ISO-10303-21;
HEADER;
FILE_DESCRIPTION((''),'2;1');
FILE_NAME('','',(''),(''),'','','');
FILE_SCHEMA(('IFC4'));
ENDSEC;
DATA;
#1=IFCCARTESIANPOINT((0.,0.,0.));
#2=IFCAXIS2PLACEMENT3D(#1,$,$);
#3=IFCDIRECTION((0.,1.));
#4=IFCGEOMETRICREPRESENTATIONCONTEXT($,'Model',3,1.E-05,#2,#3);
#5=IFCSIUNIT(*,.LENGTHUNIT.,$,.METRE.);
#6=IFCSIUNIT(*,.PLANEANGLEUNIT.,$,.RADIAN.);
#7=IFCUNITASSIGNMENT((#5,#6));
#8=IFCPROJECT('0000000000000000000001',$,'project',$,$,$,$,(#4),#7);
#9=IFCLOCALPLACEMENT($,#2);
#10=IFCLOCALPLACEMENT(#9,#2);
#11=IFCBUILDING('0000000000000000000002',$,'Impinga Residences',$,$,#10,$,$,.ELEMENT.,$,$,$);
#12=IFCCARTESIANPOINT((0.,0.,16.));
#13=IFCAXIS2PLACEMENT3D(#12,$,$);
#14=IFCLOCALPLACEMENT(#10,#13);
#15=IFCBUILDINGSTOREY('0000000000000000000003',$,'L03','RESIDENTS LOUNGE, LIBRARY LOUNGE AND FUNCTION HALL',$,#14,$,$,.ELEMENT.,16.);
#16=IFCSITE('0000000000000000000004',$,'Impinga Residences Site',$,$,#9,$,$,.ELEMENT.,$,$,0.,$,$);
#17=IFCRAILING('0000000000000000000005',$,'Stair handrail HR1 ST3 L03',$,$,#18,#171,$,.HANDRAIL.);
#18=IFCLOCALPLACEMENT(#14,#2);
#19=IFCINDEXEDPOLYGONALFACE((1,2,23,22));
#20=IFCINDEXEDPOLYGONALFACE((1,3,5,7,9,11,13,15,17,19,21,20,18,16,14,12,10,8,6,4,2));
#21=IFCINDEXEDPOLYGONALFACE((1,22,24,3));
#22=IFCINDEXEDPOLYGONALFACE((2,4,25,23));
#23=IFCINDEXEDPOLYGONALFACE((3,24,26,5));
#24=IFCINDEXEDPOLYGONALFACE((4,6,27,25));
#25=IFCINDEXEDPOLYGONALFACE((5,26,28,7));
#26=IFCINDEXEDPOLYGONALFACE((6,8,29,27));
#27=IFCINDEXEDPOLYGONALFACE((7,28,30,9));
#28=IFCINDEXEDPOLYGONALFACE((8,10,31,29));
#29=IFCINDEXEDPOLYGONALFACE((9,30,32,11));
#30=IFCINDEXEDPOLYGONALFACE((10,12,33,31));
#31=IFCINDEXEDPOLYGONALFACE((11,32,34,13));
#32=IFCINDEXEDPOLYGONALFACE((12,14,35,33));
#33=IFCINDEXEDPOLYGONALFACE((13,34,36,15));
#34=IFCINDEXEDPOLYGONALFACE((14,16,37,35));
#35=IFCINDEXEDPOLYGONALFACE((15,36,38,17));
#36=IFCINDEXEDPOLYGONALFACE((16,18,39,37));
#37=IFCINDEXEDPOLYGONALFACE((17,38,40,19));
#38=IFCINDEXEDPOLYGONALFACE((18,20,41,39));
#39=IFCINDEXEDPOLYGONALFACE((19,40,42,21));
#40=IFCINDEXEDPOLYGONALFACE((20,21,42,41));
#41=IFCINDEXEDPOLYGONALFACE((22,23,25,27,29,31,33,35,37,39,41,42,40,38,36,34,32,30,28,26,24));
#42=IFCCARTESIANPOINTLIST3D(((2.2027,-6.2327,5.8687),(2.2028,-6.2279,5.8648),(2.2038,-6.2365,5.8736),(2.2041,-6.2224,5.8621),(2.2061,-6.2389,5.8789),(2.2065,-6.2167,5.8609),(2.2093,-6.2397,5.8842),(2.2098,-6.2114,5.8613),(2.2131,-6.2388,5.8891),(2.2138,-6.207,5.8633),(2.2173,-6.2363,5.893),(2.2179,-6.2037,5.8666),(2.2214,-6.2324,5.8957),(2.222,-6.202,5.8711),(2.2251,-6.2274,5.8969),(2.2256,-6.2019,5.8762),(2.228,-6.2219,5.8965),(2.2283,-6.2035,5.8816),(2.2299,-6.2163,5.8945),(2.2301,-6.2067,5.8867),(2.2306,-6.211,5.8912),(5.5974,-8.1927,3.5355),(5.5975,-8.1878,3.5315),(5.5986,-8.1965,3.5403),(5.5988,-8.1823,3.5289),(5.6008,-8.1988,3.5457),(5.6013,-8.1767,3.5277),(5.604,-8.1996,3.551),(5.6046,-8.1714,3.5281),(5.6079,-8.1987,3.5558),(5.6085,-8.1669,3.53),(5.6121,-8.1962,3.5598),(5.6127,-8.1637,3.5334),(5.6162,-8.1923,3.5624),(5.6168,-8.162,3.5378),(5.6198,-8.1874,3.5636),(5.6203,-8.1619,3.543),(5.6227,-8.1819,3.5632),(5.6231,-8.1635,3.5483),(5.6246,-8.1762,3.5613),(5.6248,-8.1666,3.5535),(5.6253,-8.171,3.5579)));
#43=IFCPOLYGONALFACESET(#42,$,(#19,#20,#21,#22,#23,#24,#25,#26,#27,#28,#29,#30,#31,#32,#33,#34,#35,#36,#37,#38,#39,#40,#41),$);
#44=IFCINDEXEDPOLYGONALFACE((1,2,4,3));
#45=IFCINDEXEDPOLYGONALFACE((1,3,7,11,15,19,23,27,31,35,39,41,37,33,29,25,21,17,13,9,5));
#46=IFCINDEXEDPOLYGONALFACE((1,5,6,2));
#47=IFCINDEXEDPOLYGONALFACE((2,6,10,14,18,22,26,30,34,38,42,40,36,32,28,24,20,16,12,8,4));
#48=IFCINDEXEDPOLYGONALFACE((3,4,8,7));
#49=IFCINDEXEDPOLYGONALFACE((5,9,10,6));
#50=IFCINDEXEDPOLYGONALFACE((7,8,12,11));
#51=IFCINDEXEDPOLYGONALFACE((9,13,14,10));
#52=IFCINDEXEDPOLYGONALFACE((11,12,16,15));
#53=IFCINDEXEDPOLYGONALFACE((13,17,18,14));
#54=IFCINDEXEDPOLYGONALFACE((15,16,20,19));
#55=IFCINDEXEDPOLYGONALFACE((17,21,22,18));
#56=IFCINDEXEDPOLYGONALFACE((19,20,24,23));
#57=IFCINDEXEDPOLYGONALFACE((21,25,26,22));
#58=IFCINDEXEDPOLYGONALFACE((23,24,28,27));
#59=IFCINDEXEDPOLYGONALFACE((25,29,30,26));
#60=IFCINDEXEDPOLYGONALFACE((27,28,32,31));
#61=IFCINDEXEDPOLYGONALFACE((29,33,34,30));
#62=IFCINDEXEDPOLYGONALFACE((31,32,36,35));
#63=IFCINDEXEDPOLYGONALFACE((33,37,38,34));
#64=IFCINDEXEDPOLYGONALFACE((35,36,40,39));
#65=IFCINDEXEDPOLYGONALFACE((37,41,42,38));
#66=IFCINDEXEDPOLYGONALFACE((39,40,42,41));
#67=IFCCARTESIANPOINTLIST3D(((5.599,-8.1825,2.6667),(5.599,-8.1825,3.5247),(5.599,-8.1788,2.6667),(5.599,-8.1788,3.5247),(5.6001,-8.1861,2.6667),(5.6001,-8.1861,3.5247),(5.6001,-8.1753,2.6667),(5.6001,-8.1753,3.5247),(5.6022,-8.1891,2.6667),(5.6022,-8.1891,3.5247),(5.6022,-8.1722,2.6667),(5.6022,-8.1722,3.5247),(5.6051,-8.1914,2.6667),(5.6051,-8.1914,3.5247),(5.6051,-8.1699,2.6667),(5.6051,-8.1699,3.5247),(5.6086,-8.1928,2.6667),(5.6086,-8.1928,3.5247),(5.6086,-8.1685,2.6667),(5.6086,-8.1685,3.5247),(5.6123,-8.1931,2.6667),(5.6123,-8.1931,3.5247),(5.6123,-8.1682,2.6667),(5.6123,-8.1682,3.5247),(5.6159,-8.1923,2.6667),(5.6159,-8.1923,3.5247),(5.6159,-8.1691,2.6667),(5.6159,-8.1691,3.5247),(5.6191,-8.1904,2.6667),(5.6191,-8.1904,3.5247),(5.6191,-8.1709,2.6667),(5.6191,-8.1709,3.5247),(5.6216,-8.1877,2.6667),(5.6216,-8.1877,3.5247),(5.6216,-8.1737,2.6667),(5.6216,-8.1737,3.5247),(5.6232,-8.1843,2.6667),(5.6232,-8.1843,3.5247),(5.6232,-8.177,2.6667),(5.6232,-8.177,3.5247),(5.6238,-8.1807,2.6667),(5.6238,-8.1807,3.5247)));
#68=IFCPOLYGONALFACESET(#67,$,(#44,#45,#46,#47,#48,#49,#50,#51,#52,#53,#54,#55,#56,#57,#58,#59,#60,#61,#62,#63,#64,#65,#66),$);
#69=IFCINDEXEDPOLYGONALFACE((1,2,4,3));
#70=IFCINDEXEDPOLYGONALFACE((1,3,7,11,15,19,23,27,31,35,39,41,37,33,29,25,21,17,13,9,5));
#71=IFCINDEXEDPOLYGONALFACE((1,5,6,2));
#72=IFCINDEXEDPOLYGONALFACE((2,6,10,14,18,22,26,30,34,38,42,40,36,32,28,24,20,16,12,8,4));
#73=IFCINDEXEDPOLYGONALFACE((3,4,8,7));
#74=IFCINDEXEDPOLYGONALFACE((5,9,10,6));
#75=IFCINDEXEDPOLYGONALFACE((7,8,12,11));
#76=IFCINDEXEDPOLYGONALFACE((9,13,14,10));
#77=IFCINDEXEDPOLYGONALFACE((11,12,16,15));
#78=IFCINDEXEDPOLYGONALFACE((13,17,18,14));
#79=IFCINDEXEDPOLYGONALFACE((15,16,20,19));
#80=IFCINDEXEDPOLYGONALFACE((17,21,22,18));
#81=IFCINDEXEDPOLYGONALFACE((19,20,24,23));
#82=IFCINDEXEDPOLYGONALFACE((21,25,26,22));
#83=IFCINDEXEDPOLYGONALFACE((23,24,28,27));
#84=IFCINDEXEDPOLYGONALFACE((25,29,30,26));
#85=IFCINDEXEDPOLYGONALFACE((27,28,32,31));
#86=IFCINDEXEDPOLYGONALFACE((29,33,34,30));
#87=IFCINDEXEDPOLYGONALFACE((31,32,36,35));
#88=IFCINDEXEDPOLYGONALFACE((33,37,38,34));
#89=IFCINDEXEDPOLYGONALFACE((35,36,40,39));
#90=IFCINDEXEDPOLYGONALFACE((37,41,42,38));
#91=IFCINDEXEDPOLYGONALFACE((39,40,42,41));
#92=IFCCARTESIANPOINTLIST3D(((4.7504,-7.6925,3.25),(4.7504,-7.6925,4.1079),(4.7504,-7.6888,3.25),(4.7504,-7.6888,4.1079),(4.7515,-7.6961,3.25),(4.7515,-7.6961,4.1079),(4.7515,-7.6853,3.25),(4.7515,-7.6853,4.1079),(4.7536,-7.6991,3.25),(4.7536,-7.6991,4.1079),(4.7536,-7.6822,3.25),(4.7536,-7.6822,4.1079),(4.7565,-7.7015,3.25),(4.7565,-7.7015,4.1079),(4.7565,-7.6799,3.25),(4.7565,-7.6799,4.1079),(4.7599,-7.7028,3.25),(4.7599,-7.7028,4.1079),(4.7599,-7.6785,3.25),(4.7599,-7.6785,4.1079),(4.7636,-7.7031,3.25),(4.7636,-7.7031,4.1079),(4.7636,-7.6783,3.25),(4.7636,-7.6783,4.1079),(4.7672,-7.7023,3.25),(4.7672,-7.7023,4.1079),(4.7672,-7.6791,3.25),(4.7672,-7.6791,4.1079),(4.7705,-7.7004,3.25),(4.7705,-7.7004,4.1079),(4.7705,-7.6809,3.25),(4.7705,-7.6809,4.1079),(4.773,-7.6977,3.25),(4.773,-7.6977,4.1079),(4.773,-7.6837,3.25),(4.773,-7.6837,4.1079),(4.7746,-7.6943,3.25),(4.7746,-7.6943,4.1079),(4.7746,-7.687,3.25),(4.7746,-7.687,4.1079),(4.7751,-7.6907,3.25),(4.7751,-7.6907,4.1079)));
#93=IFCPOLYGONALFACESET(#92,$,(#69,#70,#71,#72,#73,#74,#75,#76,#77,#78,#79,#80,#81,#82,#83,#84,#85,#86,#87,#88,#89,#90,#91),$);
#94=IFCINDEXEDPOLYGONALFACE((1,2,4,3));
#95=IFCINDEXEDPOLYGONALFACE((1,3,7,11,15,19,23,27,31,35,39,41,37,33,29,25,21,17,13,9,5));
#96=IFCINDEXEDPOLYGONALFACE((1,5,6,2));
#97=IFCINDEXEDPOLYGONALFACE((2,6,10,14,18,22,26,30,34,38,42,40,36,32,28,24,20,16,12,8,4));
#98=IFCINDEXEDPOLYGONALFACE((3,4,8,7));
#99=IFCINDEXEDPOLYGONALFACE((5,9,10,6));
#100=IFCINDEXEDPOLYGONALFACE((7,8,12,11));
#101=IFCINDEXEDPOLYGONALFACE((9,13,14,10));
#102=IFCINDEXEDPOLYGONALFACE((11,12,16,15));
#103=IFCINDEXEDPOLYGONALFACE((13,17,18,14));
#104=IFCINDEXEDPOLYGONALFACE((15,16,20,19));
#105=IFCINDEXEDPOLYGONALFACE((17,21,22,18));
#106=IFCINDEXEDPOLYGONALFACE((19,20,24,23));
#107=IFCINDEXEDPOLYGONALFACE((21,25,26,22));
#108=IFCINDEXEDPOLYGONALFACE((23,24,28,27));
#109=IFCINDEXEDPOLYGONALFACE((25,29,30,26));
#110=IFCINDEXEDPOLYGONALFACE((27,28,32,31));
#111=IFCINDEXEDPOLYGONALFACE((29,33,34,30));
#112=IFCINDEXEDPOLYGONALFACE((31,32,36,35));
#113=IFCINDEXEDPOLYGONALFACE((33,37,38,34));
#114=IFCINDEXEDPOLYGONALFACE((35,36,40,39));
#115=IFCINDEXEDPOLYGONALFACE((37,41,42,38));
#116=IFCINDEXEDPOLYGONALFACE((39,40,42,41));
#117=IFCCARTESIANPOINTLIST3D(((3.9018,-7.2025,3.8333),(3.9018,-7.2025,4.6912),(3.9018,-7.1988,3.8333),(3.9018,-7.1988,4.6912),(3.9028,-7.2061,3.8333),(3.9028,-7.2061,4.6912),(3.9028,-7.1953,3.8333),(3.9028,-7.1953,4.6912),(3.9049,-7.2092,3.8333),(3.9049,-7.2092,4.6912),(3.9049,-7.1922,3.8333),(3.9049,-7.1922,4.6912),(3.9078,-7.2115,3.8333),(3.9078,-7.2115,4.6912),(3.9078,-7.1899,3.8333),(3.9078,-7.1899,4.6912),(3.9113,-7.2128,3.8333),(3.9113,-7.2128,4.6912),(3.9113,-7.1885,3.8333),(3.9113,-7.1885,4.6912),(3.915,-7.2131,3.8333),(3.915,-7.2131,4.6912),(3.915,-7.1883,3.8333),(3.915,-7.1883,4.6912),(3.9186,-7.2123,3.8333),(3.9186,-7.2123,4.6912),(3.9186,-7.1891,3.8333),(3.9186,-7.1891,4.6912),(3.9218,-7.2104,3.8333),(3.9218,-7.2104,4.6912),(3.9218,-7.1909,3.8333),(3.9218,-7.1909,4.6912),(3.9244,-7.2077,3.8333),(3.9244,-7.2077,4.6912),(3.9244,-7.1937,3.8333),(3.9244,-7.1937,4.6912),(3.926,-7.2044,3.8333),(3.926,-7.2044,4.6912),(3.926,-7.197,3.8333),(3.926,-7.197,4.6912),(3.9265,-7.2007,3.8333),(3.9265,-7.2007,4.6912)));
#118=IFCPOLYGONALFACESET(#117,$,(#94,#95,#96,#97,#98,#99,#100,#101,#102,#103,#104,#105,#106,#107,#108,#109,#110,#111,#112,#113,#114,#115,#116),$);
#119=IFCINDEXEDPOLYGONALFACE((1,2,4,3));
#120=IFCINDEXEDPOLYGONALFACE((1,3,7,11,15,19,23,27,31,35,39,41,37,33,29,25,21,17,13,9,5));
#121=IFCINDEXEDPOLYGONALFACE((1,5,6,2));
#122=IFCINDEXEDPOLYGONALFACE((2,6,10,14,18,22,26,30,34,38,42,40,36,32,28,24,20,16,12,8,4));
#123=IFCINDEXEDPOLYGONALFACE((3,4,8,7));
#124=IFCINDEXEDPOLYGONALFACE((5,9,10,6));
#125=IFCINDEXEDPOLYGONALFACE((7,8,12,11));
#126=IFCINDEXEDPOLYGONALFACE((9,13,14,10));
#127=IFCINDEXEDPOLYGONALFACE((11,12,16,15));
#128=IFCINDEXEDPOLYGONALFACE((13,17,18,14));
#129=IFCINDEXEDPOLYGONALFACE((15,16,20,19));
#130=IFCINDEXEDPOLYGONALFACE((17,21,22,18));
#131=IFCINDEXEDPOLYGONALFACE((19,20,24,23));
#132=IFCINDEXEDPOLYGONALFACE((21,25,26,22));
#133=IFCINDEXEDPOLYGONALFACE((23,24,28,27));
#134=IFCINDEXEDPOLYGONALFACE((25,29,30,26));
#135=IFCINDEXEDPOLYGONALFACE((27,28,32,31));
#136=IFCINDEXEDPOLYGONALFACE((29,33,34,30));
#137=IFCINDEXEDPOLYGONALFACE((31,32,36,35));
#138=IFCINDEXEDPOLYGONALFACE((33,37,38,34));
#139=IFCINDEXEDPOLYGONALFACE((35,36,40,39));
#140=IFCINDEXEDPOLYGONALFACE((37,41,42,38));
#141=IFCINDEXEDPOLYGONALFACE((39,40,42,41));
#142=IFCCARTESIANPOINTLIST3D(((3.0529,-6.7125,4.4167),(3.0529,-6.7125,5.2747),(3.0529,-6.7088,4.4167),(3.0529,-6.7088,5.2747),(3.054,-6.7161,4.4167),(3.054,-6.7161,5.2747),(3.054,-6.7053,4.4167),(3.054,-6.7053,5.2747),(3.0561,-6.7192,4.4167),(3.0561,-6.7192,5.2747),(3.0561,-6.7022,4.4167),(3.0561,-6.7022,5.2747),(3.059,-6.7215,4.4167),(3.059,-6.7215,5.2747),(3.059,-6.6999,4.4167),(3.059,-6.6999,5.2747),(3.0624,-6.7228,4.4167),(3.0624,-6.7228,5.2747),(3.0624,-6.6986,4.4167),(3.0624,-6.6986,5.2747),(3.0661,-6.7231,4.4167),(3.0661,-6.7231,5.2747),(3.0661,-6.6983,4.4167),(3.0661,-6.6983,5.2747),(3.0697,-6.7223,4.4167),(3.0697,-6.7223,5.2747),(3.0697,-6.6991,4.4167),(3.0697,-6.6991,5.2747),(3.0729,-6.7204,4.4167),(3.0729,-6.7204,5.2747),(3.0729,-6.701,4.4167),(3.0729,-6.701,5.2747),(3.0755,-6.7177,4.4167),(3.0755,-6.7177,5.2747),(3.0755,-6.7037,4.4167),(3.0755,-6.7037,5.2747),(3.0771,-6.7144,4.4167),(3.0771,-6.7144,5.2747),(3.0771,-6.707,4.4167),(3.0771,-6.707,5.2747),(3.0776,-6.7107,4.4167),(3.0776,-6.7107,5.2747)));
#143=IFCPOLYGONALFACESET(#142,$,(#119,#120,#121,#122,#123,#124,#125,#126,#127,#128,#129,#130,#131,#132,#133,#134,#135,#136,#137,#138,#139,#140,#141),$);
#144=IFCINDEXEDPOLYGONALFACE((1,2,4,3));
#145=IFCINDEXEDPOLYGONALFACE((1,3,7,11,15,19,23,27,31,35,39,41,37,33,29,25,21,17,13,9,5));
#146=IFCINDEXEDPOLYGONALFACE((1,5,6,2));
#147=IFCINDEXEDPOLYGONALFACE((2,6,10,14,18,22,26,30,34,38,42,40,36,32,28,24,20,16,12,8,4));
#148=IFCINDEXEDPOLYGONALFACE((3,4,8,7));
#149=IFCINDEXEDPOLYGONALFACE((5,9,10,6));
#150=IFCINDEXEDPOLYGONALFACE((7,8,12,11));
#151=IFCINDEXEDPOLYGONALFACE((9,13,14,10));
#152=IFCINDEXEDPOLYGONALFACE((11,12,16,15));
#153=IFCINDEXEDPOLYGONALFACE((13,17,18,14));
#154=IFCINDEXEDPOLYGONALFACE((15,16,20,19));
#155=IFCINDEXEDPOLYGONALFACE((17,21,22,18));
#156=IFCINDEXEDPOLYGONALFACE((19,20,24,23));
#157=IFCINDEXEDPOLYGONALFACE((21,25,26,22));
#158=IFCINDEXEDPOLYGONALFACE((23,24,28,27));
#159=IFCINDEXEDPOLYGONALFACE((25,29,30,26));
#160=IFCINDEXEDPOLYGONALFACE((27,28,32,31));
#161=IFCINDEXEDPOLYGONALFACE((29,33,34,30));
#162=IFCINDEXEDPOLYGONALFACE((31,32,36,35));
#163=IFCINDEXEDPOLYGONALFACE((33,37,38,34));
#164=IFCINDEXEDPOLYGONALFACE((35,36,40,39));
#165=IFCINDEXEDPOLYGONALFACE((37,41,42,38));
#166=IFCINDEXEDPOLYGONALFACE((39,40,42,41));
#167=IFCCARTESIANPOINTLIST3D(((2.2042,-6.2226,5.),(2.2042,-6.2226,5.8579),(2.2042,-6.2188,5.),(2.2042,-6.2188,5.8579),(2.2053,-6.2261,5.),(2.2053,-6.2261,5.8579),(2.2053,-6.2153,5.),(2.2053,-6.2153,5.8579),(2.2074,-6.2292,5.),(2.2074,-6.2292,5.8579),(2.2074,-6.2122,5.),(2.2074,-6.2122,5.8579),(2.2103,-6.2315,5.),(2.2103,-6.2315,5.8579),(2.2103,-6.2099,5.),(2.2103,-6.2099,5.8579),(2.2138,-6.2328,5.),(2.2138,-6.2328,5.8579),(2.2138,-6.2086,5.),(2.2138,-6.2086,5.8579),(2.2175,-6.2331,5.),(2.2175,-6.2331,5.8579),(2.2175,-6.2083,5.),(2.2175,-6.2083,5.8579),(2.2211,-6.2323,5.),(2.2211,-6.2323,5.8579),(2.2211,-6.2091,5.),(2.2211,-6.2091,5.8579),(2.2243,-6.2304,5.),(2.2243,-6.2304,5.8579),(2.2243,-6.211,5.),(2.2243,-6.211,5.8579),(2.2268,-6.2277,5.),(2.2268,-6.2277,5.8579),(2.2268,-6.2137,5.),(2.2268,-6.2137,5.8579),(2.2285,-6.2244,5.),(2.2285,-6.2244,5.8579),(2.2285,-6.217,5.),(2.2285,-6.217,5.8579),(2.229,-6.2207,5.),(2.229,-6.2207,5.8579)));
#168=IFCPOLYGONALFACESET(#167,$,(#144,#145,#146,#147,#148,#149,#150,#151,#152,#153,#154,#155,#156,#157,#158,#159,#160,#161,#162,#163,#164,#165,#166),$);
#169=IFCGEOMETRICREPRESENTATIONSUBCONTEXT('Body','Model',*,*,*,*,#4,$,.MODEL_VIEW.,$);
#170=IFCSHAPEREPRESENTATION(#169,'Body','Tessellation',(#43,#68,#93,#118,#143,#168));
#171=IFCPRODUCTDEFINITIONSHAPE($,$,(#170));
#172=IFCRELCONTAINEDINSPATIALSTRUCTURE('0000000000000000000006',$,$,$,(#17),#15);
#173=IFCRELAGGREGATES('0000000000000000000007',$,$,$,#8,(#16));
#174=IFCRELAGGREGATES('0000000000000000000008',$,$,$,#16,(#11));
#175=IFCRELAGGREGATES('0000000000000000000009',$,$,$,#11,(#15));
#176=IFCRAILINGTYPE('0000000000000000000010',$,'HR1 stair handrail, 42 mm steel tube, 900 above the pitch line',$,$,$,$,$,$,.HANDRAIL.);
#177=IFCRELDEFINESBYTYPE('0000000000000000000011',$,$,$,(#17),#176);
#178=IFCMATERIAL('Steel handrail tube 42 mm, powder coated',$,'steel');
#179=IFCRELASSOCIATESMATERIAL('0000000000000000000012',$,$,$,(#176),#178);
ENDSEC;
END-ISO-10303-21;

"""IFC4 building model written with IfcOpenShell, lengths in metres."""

from ifc_helpers import new_model, si_unit, direction, frame, origin, origin_2d, place, context, subcontext, project, spatial, circle, extrude, material, type_object, element, save


model = new_model("IFC4")

# Units and contexts
model_context = context("Model", 3, precision=1e-05, world=origin(), true_north=direction((0.0, 1.0)))
body_context = subcontext(model_context, "Body", "Model", "MODEL_VIEW")
ifc_project = project(units=[si_unit("LENGTHUNIT", "METRE"), si_unit("PLANEANGLEUNIT", "RADIAN")], contexts=[model_context])

# Site, building, storey
site_placement = place(None, origin())
site = spatial("IfcSite", under=ifc_project, at=site_placement, Name="Impinga Residences Site", CompositionType="ELEMENT", RefElevation=0.0)
building_placement = place(site_placement, origin())
building = spatial("IfcBuilding", under=site, at=building_placement, Name="Impinga Residences", CompositionType="ELEMENT")
storey_placement = place(building_placement, frame((0.0, 0.0, 16.0)))
storey = spatial("IfcBuildingStorey", under=building, at=storey_placement, Name="L03", Description="RESIDENTS LOUNGE, LIBRARY LOUNGE AND FUNCTION HALL", CompositionType="ELEMENT", Elevation=16.0)

# Railing
ifc_material_1 = material(Name="Steel handrail tube 42 mm, powder coated", Category="steel")
railing_type_1 = type_object("IfcRailingType", Name="HR1 stair handrail, 42 mm steel tube, 900 above the pitch line", PredefinedType="HANDRAIL", material=ifc_material_1)
railing_1_placement = place(storey_placement, frame((5.6113, -8.1807, 2.6667)))
element("IfcRailing", 1, at=railing_1_placement, inside=storey, type_object=railing_type_1, Name="Stair handrail HR1 ST3 L03", PredefinedType="HANDRAIL", context=body_context, shape_type="SweptSolid", body=[
    extrude(circle(Radius=0.021, at=origin_2d()), frame((0.0, 0.0, 0.8789), z_axis=(-0.744175, 0.429646, 0.511476), x_axis=(-0.499997, -0.866027, 0.0)), (0.0, 0.0, 1.0), 4.5618),
    extrude(circle(Radius=0.0125, at=origin_2d()), origin(), (0.0, 0.0, 1.0), 0.8579),
    extrude(circle(Radius=0.0125, at=origin_2d()), frame((-0.8486, 0.49, 0.5833)), (0.0, 0.0, 1.0), 0.8579),
    extrude(circle(Radius=0.0125, at=origin_2d()), frame((-1.6973, 0.98, 1.1665)), (0.0, 0.0, 1.0), 0.8579),
    extrude(circle(Radius=0.0125, at=origin_2d()), frame((-2.5461, 1.47, 1.75)), (0.0, 0.0, 1.0), 0.8579),
    extrude(circle(Radius=0.0125, at=origin_2d()), frame((-3.3948, 1.96, 2.3333)), (0.0, 0.0, 1.0), 0.8579),
])

save(model, "model.ifc")
